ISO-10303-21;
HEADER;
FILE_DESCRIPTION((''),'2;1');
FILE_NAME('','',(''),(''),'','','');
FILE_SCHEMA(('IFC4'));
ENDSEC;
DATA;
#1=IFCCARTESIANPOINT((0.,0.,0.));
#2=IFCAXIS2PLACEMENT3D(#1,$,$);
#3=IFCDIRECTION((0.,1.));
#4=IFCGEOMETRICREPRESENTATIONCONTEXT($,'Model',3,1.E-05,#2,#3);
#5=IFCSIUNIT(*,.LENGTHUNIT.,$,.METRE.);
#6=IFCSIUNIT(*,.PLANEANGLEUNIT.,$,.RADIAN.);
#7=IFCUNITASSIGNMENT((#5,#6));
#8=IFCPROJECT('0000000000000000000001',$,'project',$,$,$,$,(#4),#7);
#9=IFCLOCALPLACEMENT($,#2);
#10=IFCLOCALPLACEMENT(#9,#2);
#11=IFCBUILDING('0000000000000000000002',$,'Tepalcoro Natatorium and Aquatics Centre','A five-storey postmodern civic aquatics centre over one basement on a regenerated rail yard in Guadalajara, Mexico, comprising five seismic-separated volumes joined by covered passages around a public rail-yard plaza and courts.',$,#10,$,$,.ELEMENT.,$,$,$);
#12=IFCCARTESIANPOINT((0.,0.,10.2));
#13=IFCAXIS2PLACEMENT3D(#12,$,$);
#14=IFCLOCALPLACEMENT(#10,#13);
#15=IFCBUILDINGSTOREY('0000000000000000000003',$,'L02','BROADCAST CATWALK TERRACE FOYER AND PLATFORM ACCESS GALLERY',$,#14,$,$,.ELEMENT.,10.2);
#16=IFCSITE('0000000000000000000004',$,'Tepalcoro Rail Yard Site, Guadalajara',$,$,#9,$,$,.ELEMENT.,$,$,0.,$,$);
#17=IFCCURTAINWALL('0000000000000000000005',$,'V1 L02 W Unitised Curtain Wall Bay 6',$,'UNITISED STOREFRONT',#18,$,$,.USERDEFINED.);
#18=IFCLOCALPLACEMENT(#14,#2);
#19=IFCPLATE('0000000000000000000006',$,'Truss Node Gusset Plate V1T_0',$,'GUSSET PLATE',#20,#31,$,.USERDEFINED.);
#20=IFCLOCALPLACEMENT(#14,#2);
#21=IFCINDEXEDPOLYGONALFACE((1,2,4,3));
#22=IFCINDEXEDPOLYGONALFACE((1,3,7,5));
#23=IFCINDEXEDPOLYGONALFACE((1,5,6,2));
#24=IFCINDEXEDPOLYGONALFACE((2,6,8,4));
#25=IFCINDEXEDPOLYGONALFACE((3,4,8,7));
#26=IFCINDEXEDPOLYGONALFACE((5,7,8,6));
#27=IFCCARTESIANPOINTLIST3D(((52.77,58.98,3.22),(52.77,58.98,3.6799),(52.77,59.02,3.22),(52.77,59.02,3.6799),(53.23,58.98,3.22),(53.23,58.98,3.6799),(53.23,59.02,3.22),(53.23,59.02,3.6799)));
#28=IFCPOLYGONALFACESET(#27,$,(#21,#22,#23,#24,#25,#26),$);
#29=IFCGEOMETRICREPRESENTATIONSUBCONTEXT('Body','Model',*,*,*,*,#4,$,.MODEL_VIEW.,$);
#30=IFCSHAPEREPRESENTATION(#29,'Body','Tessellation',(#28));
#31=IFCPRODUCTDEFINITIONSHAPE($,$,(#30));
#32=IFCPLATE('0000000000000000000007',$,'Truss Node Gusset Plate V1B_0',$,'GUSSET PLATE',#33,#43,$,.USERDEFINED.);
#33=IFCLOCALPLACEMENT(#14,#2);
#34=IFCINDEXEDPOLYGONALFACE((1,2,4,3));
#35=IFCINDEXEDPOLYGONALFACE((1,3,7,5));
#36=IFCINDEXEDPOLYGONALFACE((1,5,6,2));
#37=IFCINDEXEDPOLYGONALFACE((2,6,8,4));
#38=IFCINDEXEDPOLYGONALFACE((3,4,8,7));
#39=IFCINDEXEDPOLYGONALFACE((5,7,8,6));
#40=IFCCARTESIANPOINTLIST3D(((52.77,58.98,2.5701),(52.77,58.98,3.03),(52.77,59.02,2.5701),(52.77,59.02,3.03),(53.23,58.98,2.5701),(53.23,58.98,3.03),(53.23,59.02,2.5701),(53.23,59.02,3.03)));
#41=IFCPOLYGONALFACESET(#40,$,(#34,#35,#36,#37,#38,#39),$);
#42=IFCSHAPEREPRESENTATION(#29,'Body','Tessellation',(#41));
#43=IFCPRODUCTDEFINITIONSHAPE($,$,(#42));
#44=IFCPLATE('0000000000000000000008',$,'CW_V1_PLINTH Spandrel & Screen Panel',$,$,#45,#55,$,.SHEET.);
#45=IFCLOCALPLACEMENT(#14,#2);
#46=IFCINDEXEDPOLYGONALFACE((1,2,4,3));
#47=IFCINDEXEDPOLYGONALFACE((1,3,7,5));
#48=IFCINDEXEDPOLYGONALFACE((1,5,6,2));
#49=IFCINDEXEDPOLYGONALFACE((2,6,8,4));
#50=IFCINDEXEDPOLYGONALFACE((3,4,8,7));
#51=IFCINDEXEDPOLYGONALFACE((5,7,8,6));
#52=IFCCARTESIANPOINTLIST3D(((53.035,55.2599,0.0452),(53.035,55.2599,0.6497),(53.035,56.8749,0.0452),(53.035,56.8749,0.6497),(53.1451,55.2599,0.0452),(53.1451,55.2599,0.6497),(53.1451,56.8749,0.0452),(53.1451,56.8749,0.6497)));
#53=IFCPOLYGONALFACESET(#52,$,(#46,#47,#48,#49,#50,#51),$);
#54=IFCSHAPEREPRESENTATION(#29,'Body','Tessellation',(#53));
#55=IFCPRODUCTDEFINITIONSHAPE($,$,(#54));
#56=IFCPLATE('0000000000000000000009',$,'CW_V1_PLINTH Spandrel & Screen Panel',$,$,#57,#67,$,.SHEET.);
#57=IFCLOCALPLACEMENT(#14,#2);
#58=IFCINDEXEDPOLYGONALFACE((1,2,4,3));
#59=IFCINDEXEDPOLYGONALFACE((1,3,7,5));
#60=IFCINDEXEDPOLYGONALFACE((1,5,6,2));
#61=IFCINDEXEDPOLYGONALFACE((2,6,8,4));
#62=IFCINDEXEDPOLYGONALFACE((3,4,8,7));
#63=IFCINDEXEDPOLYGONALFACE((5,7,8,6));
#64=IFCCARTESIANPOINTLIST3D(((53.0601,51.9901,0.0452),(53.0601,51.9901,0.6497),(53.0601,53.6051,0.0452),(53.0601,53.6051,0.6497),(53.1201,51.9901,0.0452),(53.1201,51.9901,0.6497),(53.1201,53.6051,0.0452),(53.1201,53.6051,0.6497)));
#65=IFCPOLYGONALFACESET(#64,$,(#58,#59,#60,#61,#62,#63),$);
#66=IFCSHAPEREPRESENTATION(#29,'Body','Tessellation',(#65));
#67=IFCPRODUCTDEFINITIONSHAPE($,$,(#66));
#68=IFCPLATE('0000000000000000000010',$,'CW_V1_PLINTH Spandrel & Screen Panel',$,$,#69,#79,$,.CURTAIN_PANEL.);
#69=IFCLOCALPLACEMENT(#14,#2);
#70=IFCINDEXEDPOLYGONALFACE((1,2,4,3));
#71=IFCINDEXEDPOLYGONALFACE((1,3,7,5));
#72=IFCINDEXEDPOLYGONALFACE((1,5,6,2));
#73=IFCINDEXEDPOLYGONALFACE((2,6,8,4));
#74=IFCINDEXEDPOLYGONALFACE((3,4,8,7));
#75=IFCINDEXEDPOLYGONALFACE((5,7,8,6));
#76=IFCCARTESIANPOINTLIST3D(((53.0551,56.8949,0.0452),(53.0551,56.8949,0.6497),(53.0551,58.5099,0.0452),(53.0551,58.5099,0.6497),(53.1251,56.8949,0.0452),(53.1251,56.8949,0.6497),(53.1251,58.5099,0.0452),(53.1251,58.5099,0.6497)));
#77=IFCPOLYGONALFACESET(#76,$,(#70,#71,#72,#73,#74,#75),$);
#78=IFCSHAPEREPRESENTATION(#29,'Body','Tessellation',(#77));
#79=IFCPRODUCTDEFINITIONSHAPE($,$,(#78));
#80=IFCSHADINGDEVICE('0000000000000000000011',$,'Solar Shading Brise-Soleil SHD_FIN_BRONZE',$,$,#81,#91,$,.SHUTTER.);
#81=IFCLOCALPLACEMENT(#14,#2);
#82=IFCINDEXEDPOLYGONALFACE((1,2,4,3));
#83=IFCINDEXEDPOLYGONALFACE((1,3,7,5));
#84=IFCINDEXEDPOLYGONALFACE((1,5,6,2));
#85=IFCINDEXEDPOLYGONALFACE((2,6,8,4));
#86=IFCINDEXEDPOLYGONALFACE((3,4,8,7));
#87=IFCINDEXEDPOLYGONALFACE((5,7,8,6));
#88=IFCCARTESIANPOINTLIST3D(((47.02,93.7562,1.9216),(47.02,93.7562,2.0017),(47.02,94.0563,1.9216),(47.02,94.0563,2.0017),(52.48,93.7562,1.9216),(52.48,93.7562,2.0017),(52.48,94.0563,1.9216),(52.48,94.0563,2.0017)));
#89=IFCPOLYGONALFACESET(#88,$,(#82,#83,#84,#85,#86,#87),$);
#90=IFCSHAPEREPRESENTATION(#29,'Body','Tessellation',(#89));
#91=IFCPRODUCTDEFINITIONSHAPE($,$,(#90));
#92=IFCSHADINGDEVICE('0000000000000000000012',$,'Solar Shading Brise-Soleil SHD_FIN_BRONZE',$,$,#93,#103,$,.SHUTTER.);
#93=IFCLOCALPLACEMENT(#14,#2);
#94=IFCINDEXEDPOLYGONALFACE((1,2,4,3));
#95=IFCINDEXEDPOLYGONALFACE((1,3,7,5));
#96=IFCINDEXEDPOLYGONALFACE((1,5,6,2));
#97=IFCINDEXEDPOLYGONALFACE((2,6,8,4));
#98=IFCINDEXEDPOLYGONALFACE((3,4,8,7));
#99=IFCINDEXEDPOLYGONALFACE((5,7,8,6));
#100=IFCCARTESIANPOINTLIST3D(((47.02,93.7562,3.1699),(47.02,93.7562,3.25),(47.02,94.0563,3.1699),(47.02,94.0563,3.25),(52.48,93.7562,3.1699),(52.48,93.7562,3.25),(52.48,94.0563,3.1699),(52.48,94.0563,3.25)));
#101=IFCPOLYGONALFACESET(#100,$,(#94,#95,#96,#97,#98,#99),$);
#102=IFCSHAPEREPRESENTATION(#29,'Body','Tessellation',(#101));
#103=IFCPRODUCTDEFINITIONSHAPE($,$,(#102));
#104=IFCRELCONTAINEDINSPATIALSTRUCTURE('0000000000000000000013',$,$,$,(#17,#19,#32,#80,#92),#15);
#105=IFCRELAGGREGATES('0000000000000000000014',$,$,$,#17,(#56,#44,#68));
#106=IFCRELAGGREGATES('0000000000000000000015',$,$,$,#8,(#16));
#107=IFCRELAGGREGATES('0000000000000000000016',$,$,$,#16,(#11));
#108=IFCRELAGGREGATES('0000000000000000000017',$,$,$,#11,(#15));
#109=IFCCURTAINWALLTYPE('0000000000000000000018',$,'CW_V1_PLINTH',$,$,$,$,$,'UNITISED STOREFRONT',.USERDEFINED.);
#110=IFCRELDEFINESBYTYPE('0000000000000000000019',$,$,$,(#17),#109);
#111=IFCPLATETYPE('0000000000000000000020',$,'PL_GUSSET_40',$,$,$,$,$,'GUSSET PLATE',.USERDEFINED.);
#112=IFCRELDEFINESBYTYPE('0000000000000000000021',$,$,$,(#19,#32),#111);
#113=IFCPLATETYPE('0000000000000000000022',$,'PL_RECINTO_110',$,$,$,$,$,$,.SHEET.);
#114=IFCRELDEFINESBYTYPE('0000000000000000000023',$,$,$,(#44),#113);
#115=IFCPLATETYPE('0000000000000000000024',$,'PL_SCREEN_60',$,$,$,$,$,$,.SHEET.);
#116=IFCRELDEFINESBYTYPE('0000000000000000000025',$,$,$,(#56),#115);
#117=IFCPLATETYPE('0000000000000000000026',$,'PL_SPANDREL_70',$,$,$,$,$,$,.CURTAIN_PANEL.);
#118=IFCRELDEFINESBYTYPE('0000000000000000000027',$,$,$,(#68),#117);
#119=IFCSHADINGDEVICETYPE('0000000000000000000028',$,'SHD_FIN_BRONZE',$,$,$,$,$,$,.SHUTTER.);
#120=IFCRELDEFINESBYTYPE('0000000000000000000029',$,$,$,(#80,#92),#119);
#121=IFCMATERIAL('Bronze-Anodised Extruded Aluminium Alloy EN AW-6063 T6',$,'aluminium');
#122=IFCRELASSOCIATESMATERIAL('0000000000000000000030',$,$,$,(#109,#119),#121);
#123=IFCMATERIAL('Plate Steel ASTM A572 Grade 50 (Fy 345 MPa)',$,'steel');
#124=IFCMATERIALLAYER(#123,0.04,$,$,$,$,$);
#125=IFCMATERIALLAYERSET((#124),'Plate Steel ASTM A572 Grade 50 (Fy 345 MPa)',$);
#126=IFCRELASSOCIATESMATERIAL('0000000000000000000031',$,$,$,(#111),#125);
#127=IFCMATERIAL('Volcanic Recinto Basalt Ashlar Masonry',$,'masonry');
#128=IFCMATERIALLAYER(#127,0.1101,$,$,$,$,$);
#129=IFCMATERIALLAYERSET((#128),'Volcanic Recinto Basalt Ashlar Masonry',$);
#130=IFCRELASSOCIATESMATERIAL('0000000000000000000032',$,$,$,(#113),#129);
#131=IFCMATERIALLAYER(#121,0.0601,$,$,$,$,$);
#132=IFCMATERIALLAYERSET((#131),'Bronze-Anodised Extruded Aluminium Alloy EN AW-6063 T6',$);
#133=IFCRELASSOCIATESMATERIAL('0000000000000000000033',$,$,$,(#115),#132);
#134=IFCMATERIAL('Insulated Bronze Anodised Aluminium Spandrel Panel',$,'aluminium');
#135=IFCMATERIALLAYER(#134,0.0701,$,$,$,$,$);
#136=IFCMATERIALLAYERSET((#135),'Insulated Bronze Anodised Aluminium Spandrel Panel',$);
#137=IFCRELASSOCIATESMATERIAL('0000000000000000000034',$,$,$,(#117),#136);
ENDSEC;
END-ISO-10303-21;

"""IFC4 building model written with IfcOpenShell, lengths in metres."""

from ifc_helpers import new_model, si_unit, direction, frame, origin, origin_2d, place, context, subcontext, project, spatial, rectangle, extrude, material, layer, layer_set, type_object, element, aggregate, save


model = new_model("IFC4")

# Units and contexts
model_context = context("Model", 3, precision=1e-05, world=origin(), true_north=direction((0.0, 1.0)))
body_context = subcontext(model_context, "Body", "Model", "MODEL_VIEW")
ifc_project = project(units=[si_unit("LENGTHUNIT", "METRE"), si_unit("PLANEANGLEUNIT", "RADIAN")], contexts=[model_context])

# Site, building, storey
site_placement = place(None, origin())
site = spatial("IfcSite", under=ifc_project, at=site_placement, Name="Tepalcoro Rail Yard Site, Guadalajara", CompositionType="ELEMENT", RefElevation=0.0)
building_placement = place(site_placement, origin())
building = spatial("IfcBuilding", under=site, at=building_placement, Name="Tepalcoro Natatorium and Aquatics Centre", Description="A five-storey postmodern civic aquatics centre over one basement on a regenerated rail yard in Guadalajara, Mexico, comprising five seismic-separated volumes joined by covered passages around a public rail-yard plaza and courts.", CompositionType="ELEMENT")
storey_placement = place(building_placement, frame((0.0, 0.0, 10.2)))
storey = spatial("IfcBuildingStorey", under=building, at=storey_placement, Name="L02", Description="BROADCAST CATWALK TERRACE FOYER AND PLATFORM ACCESS GALLERY", CompositionType="ELEMENT", Elevation=10.2)

# Curtain wall
ifc_material_1 = material(Name="Bronze-Anodised Extruded Aluminium Alloy EN AW-6063 T6", Category="aluminium")
curtain_wall_type = type_object("IfcCurtainWallType", Name="CW_V1_PLINTH", ElementType="UNITISED STOREFRONT", PredefinedType="USERDEFINED", material=ifc_material_1)
curtain_wall_placement = place(storey_placement, origin())
curtain_wall = element("IfcCurtainWall", 1, at=curtain_wall_placement, inside=storey, type_object=curtain_wall_type, Name="V1 L02 W Unitised Curtain Wall Bay 6", ObjectType="UNITISED STOREFRONT", PredefinedType="USERDEFINED")

# Shared definitions
ifc_material_2 = material(Name="Plate Steel ASTM A572 Grade 50 (Fy 345 MPa)", Category="steel")

# Plates
ifc_layer_1 = layer(ifc_material_2, 0.04)
ifc_layer_set_1 = layer_set([ifc_layer_1], Name="Plate Steel ASTM A572 Grade 50 (Fy 345 MPa)")
plate_type_1 = type_object("IfcPlateType", Name="PL_GUSSET_40", ElementType="GUSSET PLATE", PredefinedType="USERDEFINED", material=ifc_layer_set_1)
for number, where, z_axis, x_axis, name in (
    (2, (53.0, 59.0, 3.22), (0.0, 0.0, 1.0), (1.0, 0.0, 0.0), "Truss Node Gusset Plate V1T_0"),
    (3, (53.0, 59.0, 2.5701), (0.0, 0.0, 1.0), (1.0, 0.0, 0.0), "Truss Node Gusset Plate V1B_0"),
):
    element("IfcPlate", number, at=place(storey_placement, frame(where, z_axis=z_axis, x_axis=x_axis)), inside=storey, type_object=plate_type_1, Name=name, ObjectType="GUSSET PLATE", PredefinedType="USERDEFINED", context=body_context, shape_type="SweptSolid", body=[
        extrude(rectangle(XDim=0.46, YDim=0.04, at=origin_2d()), origin(), (0.0, 0.0, 1.0), 0.46),
    ])

# Plates
ifc_material_3 = material(Name="Volcanic Recinto Basalt Ashlar Masonry", Category="masonry")
ifc_layer_2 = layer(ifc_material_3, 0.1101)
ifc_layer_set_2 = layer_set([ifc_layer_2], Name="Volcanic Recinto Basalt Ashlar Masonry")
plate_type_2 = type_object("IfcPlateType", Name="PL_RECINTO_110", PredefinedType="SHEET", material=ifc_layer_set_2)
plate_1_placement = place(storey_placement, frame((53.0901, 56.0674, 0.0452), z_axis=(0.0, 0.0, 1.0), x_axis=(1.0, 0.0, 0.0)))
plate_1 = element("IfcPlate", 4, at=plate_1_placement, type_object=plate_type_2, Name="CW_V1_PLINTH Spandrel & Screen Panel", PredefinedType="SHEET", context=body_context, shape_type="SweptSolid", body=[
    extrude(rectangle(XDim=0.1101, YDim=1.615, at=origin_2d()), origin(), (0.0, 0.0, 1.0), 0.6045),
])
ifc_layer_3 = layer(ifc_material_1, 0.0601)
ifc_layer_set_3 = layer_set([ifc_layer_3], Name="Bronze-Anodised Extruded Aluminium Alloy EN AW-6063 T6")
plate_type_3 = type_object("IfcPlateType", Name="PL_SCREEN_60", PredefinedType="SHEET", material=ifc_layer_set_3)
plate_2_placement = place(storey_placement, frame((53.0901, 52.7976, 0.0452), z_axis=(0.0, 0.0, 1.0), x_axis=(1.0, 0.0, 0.0)))
plate_2 = element("IfcPlate", 5, at=plate_2_placement, type_object=plate_type_3, Name="CW_V1_PLINTH Spandrel & Screen Panel", PredefinedType="SHEET", context=body_context, shape_type="SweptSolid", body=[
    extrude(rectangle(XDim=0.0601, YDim=1.615, at=origin_2d()), origin(), (0.0, 0.0, 1.0), 0.6045),
])
ifc_material_4 = material(Name="Insulated Bronze Anodised Aluminium Spandrel Panel", Category="aluminium")
ifc_layer_4 = layer(ifc_material_4, 0.0701)
ifc_layer_set_4 = layer_set([ifc_layer_4], Name="Insulated Bronze Anodised Aluminium Spandrel Panel")
plate_type_4 = type_object("IfcPlateType", Name="PL_SPANDREL_70", PredefinedType="CURTAIN_PANEL", material=ifc_layer_set_4)
plate_3_placement = place(storey_placement, frame((53.0901, 57.7024, 0.0452), z_axis=(0.0, 0.0, 1.0), x_axis=(1.0, 0.0, 0.0)))
plate_3 = element("IfcPlate", 6, at=plate_3_placement, type_object=plate_type_4, Name="CW_V1_PLINTH Spandrel & Screen Panel", PredefinedType="CURTAIN_PANEL", context=body_context, shape_type="SweptSolid", body=[
    extrude(rectangle(XDim=0.0701, YDim=1.615, at=origin_2d()), origin(), (0.0, 0.0, 1.0), 0.6045),
])
aggregate(curtain_wall, [plate_2, plate_1, plate_3])

# Shading devices
shading_device_type = type_object("IfcShadingDeviceType", Name="SHD_FIN_BRONZE", PredefinedType="SHUTTER", material=ifc_material_1)
for number, where, z_axis, x_axis, name in (
    (7, (49.75, 93.9062, 1.9216), (0.0, 0.0, 1.0), (1.0, 0.0, 0.0), "Solar Shading Brise-Soleil SHD_FIN_BRONZE"),
    (8, (49.75, 93.9062, 3.1699), (0.0, 0.0, 1.0), (1.0, 0.0, 0.0), "Solar Shading Brise-Soleil SHD_FIN_BRONZE"),
):
    element("IfcShadingDevice", number, at=place(storey_placement, frame(where, z_axis=z_axis, x_axis=x_axis)), inside=storey, type_object=shading_device_type, Name=name, PredefinedType="SHUTTER", context=body_context, shape_type="SweptSolid", body=[
        extrude(rectangle(XDim=5.46, YDim=0.3, at=origin_2d()), origin(), (0.0, 0.0, 1.0), 0.0801),
    ])

save(model, "model.ifc")
